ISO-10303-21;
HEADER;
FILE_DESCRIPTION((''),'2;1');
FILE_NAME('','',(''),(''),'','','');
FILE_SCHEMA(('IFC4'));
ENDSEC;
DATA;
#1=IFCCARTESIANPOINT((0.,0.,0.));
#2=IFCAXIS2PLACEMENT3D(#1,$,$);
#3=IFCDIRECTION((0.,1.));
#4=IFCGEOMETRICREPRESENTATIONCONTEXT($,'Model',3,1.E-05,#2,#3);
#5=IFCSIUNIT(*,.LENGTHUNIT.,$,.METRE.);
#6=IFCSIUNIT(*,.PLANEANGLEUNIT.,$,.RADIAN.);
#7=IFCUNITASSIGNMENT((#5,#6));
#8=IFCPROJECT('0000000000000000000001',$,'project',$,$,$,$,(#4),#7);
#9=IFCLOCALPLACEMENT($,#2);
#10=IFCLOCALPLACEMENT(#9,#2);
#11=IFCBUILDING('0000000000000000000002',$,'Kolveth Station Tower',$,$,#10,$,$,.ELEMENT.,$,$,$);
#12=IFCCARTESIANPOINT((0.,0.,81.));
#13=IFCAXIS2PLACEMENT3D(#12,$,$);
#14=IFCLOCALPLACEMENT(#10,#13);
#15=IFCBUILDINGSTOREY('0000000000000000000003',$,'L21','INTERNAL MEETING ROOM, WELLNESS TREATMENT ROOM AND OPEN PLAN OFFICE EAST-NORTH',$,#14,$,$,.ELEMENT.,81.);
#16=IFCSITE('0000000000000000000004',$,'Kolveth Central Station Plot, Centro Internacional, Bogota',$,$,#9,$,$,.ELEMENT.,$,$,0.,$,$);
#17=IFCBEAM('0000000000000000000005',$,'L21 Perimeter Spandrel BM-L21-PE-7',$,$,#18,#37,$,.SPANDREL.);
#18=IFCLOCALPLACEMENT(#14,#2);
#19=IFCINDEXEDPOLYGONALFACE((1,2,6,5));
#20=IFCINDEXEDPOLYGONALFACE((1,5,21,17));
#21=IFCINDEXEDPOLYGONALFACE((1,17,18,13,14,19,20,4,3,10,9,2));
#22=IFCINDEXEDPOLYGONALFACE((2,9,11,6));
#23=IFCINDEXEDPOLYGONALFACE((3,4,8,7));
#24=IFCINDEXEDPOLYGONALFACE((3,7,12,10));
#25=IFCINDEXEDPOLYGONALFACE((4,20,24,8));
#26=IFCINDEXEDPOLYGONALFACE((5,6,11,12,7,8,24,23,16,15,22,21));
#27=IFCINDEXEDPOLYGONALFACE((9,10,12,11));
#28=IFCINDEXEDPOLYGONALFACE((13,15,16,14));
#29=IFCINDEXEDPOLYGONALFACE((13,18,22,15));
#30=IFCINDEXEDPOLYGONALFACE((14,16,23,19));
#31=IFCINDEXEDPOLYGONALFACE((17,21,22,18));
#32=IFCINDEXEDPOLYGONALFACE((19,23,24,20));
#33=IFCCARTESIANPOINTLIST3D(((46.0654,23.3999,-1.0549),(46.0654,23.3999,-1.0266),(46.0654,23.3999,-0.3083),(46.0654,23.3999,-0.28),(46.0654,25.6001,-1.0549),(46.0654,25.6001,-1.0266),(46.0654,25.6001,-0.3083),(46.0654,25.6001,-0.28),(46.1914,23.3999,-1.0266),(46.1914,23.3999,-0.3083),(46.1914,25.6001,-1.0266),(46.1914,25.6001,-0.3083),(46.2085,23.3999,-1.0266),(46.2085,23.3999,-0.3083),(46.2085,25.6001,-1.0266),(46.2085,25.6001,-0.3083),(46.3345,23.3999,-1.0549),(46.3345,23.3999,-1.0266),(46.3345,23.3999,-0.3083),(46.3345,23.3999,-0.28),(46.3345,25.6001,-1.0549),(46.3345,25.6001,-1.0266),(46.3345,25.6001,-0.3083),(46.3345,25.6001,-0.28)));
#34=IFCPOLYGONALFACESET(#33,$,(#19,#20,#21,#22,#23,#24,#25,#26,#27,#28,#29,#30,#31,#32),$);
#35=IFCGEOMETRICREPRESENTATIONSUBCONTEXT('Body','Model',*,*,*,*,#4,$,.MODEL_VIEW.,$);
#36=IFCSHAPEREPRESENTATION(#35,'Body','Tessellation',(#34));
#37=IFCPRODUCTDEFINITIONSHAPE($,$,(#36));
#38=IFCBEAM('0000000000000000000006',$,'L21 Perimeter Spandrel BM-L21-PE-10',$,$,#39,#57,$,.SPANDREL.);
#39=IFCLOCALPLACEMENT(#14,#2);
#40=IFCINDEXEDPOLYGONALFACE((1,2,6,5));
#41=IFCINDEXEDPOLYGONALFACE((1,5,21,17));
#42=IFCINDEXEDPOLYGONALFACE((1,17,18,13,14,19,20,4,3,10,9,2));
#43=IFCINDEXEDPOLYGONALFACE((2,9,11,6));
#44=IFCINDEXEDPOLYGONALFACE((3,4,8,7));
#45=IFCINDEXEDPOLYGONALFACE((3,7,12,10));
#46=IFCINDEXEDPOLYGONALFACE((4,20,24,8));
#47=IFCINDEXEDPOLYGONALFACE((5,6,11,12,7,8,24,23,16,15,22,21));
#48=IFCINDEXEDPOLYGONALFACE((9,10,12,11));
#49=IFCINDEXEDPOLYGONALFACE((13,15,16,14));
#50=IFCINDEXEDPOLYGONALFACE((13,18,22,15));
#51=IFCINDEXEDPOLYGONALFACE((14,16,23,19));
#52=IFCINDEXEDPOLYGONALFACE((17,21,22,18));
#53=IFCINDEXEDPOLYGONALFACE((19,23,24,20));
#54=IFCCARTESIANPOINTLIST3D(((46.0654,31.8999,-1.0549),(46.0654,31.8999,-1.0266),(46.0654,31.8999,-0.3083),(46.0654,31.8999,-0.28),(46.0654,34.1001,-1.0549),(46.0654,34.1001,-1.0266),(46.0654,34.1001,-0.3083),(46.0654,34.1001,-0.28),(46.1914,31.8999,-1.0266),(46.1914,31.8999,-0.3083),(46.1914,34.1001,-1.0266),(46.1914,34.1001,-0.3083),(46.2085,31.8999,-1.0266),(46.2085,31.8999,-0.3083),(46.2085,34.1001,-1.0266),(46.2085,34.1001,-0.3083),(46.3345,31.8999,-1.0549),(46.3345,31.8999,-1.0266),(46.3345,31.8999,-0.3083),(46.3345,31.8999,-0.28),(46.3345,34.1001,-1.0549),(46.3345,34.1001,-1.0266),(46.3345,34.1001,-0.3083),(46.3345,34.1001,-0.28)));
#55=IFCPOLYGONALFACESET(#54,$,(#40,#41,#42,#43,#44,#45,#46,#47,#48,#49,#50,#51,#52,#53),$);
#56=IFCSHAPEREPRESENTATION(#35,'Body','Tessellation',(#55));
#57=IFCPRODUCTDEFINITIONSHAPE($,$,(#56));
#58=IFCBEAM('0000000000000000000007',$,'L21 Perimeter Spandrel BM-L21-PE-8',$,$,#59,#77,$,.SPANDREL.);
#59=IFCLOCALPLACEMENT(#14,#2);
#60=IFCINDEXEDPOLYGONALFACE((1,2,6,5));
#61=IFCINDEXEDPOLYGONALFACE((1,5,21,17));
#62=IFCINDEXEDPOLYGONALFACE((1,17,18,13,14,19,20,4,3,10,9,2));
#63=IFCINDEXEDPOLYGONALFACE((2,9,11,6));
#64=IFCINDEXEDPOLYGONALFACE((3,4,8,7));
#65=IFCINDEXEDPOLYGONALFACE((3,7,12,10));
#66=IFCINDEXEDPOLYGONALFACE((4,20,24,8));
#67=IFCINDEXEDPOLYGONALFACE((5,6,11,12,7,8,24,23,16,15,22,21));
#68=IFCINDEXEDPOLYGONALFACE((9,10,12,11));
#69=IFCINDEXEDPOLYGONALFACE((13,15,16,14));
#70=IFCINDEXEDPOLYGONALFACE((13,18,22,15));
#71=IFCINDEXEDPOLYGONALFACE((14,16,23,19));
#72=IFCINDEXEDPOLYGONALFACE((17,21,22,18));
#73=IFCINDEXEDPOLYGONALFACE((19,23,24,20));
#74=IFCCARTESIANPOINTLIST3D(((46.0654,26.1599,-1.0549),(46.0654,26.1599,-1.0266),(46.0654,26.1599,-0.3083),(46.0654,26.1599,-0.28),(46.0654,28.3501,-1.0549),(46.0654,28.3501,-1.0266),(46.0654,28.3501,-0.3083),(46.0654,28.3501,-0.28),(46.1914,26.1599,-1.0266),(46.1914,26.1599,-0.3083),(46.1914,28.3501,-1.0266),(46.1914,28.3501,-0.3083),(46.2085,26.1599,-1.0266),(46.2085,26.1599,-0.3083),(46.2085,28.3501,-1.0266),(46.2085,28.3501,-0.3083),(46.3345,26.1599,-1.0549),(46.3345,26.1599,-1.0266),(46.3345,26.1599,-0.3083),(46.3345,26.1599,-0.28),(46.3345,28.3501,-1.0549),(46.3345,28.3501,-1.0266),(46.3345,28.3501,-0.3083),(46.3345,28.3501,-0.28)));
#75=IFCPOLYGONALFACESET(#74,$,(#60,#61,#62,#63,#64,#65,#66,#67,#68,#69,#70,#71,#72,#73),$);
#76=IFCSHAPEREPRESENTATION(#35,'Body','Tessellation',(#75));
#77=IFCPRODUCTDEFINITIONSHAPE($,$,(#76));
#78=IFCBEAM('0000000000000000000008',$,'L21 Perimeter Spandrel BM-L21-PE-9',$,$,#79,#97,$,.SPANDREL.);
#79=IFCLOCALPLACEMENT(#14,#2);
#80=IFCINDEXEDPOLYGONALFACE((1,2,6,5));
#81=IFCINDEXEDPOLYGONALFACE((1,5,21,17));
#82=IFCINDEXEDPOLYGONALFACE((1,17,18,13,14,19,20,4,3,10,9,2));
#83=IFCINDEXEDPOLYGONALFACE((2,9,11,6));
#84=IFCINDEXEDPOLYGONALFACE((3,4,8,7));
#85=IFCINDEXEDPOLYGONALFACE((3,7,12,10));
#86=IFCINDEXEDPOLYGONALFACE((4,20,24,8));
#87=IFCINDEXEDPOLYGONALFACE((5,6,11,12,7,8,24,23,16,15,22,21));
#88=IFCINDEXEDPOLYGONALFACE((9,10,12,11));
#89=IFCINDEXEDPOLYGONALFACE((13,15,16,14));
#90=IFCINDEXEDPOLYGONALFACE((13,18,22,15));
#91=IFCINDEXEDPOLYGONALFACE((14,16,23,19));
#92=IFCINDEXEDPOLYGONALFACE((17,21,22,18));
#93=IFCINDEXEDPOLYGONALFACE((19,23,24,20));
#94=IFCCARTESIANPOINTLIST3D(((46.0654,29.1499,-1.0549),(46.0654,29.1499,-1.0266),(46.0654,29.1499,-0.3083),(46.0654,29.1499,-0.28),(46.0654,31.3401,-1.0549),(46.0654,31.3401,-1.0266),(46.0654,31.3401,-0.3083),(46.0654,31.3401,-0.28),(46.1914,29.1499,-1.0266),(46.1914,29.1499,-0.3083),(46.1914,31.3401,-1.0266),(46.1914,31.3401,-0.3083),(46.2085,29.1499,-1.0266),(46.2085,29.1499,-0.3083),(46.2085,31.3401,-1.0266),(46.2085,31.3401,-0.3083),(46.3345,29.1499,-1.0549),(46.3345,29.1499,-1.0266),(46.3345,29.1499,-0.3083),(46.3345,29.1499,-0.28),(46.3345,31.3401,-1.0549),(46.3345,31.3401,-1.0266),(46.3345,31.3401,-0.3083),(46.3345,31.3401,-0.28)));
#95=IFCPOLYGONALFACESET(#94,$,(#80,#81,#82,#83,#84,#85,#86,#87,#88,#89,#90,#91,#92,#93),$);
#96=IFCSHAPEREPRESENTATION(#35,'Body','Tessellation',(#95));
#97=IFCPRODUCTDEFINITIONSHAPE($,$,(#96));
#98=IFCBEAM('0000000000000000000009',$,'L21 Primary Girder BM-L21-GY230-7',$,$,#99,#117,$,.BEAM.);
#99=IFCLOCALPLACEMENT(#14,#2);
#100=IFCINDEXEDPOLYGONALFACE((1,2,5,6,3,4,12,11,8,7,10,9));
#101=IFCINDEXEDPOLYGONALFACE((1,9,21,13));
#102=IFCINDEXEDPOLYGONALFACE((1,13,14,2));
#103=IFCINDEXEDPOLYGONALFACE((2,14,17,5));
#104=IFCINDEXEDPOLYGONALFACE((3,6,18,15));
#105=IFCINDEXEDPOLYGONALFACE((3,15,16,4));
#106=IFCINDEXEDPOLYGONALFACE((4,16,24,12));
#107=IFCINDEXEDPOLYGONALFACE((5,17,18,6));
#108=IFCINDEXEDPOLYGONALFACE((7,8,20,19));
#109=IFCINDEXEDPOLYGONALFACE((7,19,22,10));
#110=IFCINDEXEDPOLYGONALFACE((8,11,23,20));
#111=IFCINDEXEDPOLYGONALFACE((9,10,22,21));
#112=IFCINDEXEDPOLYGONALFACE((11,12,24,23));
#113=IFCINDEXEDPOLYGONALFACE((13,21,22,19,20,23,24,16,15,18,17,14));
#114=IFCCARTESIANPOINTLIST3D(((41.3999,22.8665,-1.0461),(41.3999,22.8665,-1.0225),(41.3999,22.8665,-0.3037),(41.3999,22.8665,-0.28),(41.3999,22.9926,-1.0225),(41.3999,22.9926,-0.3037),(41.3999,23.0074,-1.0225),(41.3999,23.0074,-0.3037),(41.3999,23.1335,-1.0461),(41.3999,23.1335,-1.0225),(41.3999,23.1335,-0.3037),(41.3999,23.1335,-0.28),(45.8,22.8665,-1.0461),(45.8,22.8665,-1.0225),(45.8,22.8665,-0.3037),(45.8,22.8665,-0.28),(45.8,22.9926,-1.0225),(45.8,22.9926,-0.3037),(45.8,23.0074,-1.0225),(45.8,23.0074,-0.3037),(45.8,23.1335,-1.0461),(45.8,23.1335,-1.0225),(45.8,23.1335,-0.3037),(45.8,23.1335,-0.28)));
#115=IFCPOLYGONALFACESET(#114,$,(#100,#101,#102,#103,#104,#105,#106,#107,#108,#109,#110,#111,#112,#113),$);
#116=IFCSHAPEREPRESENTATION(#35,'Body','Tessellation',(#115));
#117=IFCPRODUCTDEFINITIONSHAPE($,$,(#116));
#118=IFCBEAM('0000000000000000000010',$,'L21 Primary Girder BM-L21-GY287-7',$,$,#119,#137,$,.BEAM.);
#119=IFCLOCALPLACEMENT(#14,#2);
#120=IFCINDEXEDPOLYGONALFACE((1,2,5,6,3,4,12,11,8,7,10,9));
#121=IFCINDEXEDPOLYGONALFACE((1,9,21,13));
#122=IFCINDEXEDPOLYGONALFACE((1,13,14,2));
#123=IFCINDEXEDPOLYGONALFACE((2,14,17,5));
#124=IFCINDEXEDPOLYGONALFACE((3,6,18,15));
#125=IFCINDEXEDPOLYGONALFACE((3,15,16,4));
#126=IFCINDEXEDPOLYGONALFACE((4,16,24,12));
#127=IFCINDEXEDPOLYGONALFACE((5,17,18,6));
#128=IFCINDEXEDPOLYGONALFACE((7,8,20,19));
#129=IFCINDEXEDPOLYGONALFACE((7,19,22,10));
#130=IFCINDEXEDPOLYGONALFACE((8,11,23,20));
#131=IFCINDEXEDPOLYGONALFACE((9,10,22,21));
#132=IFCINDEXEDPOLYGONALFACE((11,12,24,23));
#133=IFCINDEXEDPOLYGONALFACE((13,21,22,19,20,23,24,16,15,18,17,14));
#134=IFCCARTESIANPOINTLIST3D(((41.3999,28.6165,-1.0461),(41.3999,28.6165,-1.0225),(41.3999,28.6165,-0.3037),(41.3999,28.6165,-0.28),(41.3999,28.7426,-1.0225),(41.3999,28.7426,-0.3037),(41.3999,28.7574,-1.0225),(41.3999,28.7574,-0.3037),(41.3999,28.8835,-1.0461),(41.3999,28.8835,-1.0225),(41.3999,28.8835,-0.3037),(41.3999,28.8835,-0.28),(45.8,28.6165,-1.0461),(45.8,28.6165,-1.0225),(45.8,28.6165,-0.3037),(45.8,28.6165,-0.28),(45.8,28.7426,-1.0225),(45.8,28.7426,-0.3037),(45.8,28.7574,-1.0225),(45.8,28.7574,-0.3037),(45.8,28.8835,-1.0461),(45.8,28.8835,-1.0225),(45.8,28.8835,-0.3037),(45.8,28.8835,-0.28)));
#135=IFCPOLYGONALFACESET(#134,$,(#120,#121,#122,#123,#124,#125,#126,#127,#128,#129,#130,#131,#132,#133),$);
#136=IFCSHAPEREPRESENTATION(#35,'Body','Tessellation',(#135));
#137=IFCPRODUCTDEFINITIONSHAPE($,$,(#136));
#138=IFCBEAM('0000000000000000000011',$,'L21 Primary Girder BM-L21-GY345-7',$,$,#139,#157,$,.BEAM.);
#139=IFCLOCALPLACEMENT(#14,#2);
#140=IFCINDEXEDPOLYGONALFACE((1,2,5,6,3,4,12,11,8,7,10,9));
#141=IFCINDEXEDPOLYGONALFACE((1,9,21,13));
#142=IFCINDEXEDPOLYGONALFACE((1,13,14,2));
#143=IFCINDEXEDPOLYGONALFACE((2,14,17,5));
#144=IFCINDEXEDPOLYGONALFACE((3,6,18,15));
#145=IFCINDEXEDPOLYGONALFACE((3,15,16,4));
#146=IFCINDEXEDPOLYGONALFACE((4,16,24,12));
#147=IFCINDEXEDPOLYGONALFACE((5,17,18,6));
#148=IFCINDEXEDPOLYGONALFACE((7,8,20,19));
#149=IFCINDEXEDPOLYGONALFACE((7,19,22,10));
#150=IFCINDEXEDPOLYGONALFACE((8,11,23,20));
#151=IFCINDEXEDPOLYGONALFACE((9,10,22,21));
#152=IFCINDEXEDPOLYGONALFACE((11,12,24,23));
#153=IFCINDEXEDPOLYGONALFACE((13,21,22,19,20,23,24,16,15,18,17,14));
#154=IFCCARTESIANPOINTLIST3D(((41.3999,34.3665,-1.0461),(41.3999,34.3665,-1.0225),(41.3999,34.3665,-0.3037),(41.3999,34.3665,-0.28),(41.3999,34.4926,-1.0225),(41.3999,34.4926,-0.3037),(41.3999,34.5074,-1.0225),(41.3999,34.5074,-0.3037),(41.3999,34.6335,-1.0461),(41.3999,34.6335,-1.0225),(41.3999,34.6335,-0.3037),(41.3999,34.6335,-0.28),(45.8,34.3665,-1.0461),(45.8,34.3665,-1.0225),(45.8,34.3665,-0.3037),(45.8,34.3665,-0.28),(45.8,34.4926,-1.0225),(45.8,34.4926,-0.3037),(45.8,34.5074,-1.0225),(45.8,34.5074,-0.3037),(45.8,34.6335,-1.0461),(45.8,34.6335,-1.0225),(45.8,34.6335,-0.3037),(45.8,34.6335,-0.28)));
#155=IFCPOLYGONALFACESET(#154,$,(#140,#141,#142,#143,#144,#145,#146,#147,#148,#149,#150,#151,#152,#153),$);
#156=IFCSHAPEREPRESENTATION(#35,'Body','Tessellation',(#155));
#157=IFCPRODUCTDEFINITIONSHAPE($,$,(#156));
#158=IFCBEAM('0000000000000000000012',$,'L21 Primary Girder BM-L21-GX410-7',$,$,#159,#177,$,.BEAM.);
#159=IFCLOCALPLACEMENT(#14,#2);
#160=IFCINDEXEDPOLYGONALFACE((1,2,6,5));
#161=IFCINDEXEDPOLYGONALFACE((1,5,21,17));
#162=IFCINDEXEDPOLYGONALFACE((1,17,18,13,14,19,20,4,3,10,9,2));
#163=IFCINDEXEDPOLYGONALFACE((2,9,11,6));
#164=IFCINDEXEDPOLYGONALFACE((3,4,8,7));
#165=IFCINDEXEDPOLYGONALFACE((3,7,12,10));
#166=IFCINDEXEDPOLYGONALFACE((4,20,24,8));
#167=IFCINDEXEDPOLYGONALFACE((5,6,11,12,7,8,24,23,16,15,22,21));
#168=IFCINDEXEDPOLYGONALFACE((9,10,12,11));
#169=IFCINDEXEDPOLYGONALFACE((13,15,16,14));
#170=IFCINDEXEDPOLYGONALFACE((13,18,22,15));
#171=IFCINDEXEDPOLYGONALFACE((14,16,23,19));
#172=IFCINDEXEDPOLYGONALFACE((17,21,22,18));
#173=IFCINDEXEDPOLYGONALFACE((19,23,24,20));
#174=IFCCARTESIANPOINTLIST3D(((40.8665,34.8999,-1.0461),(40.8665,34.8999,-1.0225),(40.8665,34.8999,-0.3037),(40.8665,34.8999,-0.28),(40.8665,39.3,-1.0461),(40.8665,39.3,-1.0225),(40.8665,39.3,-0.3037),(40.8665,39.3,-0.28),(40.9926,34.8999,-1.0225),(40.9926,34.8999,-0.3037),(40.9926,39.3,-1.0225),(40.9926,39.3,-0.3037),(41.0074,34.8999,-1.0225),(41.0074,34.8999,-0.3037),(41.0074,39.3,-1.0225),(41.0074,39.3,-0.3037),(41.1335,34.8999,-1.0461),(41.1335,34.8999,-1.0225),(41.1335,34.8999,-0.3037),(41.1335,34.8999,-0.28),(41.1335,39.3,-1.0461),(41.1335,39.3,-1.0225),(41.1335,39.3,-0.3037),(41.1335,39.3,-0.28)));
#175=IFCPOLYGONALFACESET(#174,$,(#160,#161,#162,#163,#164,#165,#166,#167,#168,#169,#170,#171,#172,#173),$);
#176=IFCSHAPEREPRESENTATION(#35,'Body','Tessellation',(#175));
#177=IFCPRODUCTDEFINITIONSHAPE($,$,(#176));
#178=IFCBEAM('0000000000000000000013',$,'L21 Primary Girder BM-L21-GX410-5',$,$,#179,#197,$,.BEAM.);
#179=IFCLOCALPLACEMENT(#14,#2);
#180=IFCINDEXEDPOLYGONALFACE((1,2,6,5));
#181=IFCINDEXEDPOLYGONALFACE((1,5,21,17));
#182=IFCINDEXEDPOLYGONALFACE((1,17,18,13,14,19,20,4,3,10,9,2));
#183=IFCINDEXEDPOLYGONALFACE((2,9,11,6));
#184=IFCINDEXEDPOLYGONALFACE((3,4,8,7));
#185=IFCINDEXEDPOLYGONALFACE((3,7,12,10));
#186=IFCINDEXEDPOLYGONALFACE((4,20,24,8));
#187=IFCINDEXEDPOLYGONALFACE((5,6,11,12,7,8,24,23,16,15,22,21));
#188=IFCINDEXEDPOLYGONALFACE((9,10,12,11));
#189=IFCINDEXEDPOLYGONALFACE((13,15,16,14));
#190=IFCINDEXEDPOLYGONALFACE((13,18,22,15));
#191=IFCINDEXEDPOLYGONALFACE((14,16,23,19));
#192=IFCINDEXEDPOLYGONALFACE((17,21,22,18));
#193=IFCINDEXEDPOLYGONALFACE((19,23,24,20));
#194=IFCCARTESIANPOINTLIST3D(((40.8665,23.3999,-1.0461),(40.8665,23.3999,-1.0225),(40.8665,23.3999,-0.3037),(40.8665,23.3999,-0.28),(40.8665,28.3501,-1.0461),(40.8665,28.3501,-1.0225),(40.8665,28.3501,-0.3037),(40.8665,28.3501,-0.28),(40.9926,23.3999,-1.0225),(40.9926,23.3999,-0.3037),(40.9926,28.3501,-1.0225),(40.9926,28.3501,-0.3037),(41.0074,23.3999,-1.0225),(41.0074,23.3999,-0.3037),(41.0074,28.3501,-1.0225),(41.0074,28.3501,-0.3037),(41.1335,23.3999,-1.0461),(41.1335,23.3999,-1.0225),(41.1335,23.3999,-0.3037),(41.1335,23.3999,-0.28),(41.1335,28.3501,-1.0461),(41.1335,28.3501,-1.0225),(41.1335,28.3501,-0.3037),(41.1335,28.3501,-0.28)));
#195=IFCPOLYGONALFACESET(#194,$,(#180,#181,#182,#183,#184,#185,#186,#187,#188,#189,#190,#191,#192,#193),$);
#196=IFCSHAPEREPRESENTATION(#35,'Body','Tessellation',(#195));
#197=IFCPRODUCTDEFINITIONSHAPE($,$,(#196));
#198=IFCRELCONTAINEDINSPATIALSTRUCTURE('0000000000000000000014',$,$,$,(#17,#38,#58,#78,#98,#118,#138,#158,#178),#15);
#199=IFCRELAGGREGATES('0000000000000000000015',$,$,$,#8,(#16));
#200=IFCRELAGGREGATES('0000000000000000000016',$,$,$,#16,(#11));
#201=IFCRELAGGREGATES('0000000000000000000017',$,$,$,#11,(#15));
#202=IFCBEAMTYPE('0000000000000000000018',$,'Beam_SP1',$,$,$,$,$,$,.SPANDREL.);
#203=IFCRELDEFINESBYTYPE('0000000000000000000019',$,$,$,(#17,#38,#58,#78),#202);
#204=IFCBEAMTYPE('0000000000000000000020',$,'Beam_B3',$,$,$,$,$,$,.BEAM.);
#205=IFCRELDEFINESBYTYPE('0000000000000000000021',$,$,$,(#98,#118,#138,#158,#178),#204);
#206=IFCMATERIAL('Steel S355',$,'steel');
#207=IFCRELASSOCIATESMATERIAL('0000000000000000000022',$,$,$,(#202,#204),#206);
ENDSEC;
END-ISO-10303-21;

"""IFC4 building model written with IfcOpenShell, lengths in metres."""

from ifc_helpers import new_model, si_unit, direction, frame, origin, origin_2d, place, context, subcontext, project, spatial, i_section, extrude, source, transform, mapped, material, material_profile, profile_set, type_object, element, save


model = new_model("IFC4")

# Units and contexts
model_context = context("Model", 3, precision=1e-05, world=origin(), true_north=direction((0.0, 1.0)))
body_context = subcontext(model_context, "Body", "Model", "MODEL_VIEW")
ifc_project = project(units=[si_unit("LENGTHUNIT", "METRE"), si_unit("PLANEANGLEUNIT", "RADIAN")], contexts=[model_context])

# Site, building, storey
site_placement = place(None, origin())
site = spatial("IfcSite", under=ifc_project, at=site_placement, Name="Kolveth Central Station Plot, Centro Internacional, Bogota", CompositionType="ELEMENT", RefElevation=0.0)
building_placement = place(site_placement, origin())
building = spatial("IfcBuilding", under=site, at=building_placement, Name="Kolveth Station Tower", CompositionType="ELEMENT")
storey_placement = place(building_placement, frame((0.0, 0.0, 81.0)))
storey = spatial("IfcBuildingStorey", under=building, at=storey_placement, Name="L21", Description="INTERNAL MEETING ROOM, WELLNESS TREATMENT ROOM AND OPEN PLAN OFFICE EAST-NORTH", CompositionType="ELEMENT", Elevation=81.0)

# Shared definitions
ifc_material_1 = material(Name="Steel S355", Category="steel")

# Beams
ifc_material_profile_1 = material_profile(ifc_material_1, i_section(OverallWidth=0.269, OverallDepth=0.7749, WebThickness=0.0171, FlangeThickness=0.0283, at=origin_2d()), Name="W760x220")
ifc_profile_set_1 = profile_set([ifc_material_profile_1], Name="Steel S355")
beam_type_1 = type_object("IfcBeamType", Name="Beam_SP1", PredefinedType="SPANDREL", material=ifc_profile_set_1)
shared_shape_1 = source(origin(), body_context, "Body", "SweptSolid", [
    extrude(i_section(OverallWidth=0.269, OverallDepth=0.7749, WebThickness=0.0171, FlangeThickness=0.0283, at=origin_2d()), origin(), (0.0, 0.0, 1.0), 2.2002),
])
for number, where, z_axis, x_axis, name in (
    (1, (46.2, 23.3999, -0.6675), (0.0, 1.0, 0.0), (-1.0, 0.0, 0.0), "L21 Perimeter Spandrel BM-L21-PE-7"),
    (2, (46.2, 31.8999, -0.6675), (0.0, 1.0, 0.0), (-1.0, 0.0, 0.0), "L21 Perimeter Spandrel BM-L21-PE-10"),
):
    element("IfcBeam", number, at=place(storey_placement, frame(where, z_axis=z_axis, x_axis=x_axis)), inside=storey, type_object=beam_type_1, Name=name, PredefinedType="SPANDREL", context=body_context, shape_type="MappedRepresentation", body=[
        mapped(shared_shape_1, transform((0.0, 0.0, 0.0), x_axis=(1.0, 0.0, 0.0), y_axis=(0.0, 1.0, 0.0), z_axis=(0.0, 0.0, 1.0), scale=1.0)),
    ])
shared_shape_2 = source(origin(), body_context, "Body", "SweptSolid", [
    extrude(i_section(OverallWidth=0.269, OverallDepth=0.7749, WebThickness=0.0171, FlangeThickness=0.0283, at=origin_2d()), origin(), (0.0, 0.0, 1.0), 2.1902),
])
for number, where, z_axis, x_axis, name in (
    (3, (46.2, 26.1599, -0.6675), (0.0, 1.0, 0.0), (-1.0, 0.0, 0.0), "L21 Perimeter Spandrel BM-L21-PE-8"),
    (4, (46.2, 29.1499, -0.6675), (0.0, 1.0, 0.0), (-1.0, 0.0, 0.0), "L21 Perimeter Spandrel BM-L21-PE-9"),
):
    element("IfcBeam", number, at=place(storey_placement, frame(where, z_axis=z_axis, x_axis=x_axis)), inside=storey, type_object=beam_type_1, Name=name, PredefinedType="SPANDREL", context=body_context, shape_type="MappedRepresentation", body=[
        mapped(shared_shape_2, transform((0.0, 0.0, 0.0), x_axis=(1.0, 0.0, 0.0), y_axis=(0.0, 1.0, 0.0), z_axis=(0.0, 0.0, 1.0), scale=1.0)),
    ])
ifc_material_profile_2 = material_profile(ifc_material_1, i_section(OverallWidth=0.2671, OverallDepth=0.7661, WebThickness=0.0149, FlangeThickness=0.0237, at=origin_2d()), Name="W760x185")
ifc_profile_set_2 = profile_set([ifc_material_profile_2], Name="Steel S355")
beam_type_2 = type_object("IfcBeamType", Name="Beam_B3", PredefinedType="BEAM", material=ifc_profile_set_2)
shared_shape_3 = source(origin(), body_context, "Body", "SweptSolid", [
    extrude(i_section(OverallWidth=0.2671, OverallDepth=0.7661, WebThickness=0.0149, FlangeThickness=0.0237, at=origin_2d()), origin(), (0.0, 0.0, 1.0), 4.4001),
])
for number, where, z_axis, x_axis, name in (
    (5, (41.3999, 23.0, -0.6631), (1.0, 0.0, 0.0), (0.0, 1.0, 0.0), "L21 Primary Girder BM-L21-GY230-7"),
    (6, (41.3999, 28.75, -0.6631), (1.0, 0.0, 0.0), (0.0, 1.0, 0.0), "L21 Primary Girder BM-L21-GY287-7"),
    (7, (41.3999, 34.5, -0.6631), (1.0, 0.0, 0.0), (0.0, 1.0, 0.0), "L21 Primary Girder BM-L21-GY345-7"),
    (8, (41.0, 34.8999, -0.6631), (0.0, 1.0, 0.0), (-1.0, 0.0, 0.0), "L21 Primary Girder BM-L21-GX410-7"),
):
    element("IfcBeam", number, at=place(storey_placement, frame(where, z_axis=z_axis, x_axis=x_axis)), inside=storey, type_object=beam_type_2, Name=name, PredefinedType="BEAM", context=body_context, shape_type="MappedRepresentation", body=[
        mapped(shared_shape_3, transform((0.0, 0.0, 0.0), x_axis=(1.0, 0.0, 0.0), y_axis=(0.0, 1.0, 0.0), z_axis=(0.0, 0.0, 1.0), scale=1.0)),
    ])
shared_shape_4 = source(origin(), body_context, "Body", "SweptSolid", [
    extrude(i_section(OverallWidth=0.2671, OverallDepth=0.7661, WebThickness=0.0149, FlangeThickness=0.0237, at=origin_2d()), origin(), (0.0, 0.0, 1.0), 4.9502),
])
for number, where, z_axis, x_axis, name in (
    (9, (41.0, 23.3999, -0.6631), (0.0, 1.0, 0.0), (-1.0, 0.0, 0.0), "L21 Primary Girder BM-L21-GX410-5"),
):
    element("IfcBeam", number, at=place(storey_placement, frame(where, z_axis=z_axis, x_axis=x_axis)), inside=storey, type_object=beam_type_2, Name=name, PredefinedType="BEAM", context=body_context, shape_type="MappedRepresentation", body=[
        mapped(shared_shape_4, transform((0.0, 0.0, 0.0), x_axis=(1.0, 0.0, 0.0), y_axis=(0.0, 1.0, 0.0), z_axis=(0.0, 0.0, 1.0), scale=1.0)),
    ])

save(model, "model.ifc")
